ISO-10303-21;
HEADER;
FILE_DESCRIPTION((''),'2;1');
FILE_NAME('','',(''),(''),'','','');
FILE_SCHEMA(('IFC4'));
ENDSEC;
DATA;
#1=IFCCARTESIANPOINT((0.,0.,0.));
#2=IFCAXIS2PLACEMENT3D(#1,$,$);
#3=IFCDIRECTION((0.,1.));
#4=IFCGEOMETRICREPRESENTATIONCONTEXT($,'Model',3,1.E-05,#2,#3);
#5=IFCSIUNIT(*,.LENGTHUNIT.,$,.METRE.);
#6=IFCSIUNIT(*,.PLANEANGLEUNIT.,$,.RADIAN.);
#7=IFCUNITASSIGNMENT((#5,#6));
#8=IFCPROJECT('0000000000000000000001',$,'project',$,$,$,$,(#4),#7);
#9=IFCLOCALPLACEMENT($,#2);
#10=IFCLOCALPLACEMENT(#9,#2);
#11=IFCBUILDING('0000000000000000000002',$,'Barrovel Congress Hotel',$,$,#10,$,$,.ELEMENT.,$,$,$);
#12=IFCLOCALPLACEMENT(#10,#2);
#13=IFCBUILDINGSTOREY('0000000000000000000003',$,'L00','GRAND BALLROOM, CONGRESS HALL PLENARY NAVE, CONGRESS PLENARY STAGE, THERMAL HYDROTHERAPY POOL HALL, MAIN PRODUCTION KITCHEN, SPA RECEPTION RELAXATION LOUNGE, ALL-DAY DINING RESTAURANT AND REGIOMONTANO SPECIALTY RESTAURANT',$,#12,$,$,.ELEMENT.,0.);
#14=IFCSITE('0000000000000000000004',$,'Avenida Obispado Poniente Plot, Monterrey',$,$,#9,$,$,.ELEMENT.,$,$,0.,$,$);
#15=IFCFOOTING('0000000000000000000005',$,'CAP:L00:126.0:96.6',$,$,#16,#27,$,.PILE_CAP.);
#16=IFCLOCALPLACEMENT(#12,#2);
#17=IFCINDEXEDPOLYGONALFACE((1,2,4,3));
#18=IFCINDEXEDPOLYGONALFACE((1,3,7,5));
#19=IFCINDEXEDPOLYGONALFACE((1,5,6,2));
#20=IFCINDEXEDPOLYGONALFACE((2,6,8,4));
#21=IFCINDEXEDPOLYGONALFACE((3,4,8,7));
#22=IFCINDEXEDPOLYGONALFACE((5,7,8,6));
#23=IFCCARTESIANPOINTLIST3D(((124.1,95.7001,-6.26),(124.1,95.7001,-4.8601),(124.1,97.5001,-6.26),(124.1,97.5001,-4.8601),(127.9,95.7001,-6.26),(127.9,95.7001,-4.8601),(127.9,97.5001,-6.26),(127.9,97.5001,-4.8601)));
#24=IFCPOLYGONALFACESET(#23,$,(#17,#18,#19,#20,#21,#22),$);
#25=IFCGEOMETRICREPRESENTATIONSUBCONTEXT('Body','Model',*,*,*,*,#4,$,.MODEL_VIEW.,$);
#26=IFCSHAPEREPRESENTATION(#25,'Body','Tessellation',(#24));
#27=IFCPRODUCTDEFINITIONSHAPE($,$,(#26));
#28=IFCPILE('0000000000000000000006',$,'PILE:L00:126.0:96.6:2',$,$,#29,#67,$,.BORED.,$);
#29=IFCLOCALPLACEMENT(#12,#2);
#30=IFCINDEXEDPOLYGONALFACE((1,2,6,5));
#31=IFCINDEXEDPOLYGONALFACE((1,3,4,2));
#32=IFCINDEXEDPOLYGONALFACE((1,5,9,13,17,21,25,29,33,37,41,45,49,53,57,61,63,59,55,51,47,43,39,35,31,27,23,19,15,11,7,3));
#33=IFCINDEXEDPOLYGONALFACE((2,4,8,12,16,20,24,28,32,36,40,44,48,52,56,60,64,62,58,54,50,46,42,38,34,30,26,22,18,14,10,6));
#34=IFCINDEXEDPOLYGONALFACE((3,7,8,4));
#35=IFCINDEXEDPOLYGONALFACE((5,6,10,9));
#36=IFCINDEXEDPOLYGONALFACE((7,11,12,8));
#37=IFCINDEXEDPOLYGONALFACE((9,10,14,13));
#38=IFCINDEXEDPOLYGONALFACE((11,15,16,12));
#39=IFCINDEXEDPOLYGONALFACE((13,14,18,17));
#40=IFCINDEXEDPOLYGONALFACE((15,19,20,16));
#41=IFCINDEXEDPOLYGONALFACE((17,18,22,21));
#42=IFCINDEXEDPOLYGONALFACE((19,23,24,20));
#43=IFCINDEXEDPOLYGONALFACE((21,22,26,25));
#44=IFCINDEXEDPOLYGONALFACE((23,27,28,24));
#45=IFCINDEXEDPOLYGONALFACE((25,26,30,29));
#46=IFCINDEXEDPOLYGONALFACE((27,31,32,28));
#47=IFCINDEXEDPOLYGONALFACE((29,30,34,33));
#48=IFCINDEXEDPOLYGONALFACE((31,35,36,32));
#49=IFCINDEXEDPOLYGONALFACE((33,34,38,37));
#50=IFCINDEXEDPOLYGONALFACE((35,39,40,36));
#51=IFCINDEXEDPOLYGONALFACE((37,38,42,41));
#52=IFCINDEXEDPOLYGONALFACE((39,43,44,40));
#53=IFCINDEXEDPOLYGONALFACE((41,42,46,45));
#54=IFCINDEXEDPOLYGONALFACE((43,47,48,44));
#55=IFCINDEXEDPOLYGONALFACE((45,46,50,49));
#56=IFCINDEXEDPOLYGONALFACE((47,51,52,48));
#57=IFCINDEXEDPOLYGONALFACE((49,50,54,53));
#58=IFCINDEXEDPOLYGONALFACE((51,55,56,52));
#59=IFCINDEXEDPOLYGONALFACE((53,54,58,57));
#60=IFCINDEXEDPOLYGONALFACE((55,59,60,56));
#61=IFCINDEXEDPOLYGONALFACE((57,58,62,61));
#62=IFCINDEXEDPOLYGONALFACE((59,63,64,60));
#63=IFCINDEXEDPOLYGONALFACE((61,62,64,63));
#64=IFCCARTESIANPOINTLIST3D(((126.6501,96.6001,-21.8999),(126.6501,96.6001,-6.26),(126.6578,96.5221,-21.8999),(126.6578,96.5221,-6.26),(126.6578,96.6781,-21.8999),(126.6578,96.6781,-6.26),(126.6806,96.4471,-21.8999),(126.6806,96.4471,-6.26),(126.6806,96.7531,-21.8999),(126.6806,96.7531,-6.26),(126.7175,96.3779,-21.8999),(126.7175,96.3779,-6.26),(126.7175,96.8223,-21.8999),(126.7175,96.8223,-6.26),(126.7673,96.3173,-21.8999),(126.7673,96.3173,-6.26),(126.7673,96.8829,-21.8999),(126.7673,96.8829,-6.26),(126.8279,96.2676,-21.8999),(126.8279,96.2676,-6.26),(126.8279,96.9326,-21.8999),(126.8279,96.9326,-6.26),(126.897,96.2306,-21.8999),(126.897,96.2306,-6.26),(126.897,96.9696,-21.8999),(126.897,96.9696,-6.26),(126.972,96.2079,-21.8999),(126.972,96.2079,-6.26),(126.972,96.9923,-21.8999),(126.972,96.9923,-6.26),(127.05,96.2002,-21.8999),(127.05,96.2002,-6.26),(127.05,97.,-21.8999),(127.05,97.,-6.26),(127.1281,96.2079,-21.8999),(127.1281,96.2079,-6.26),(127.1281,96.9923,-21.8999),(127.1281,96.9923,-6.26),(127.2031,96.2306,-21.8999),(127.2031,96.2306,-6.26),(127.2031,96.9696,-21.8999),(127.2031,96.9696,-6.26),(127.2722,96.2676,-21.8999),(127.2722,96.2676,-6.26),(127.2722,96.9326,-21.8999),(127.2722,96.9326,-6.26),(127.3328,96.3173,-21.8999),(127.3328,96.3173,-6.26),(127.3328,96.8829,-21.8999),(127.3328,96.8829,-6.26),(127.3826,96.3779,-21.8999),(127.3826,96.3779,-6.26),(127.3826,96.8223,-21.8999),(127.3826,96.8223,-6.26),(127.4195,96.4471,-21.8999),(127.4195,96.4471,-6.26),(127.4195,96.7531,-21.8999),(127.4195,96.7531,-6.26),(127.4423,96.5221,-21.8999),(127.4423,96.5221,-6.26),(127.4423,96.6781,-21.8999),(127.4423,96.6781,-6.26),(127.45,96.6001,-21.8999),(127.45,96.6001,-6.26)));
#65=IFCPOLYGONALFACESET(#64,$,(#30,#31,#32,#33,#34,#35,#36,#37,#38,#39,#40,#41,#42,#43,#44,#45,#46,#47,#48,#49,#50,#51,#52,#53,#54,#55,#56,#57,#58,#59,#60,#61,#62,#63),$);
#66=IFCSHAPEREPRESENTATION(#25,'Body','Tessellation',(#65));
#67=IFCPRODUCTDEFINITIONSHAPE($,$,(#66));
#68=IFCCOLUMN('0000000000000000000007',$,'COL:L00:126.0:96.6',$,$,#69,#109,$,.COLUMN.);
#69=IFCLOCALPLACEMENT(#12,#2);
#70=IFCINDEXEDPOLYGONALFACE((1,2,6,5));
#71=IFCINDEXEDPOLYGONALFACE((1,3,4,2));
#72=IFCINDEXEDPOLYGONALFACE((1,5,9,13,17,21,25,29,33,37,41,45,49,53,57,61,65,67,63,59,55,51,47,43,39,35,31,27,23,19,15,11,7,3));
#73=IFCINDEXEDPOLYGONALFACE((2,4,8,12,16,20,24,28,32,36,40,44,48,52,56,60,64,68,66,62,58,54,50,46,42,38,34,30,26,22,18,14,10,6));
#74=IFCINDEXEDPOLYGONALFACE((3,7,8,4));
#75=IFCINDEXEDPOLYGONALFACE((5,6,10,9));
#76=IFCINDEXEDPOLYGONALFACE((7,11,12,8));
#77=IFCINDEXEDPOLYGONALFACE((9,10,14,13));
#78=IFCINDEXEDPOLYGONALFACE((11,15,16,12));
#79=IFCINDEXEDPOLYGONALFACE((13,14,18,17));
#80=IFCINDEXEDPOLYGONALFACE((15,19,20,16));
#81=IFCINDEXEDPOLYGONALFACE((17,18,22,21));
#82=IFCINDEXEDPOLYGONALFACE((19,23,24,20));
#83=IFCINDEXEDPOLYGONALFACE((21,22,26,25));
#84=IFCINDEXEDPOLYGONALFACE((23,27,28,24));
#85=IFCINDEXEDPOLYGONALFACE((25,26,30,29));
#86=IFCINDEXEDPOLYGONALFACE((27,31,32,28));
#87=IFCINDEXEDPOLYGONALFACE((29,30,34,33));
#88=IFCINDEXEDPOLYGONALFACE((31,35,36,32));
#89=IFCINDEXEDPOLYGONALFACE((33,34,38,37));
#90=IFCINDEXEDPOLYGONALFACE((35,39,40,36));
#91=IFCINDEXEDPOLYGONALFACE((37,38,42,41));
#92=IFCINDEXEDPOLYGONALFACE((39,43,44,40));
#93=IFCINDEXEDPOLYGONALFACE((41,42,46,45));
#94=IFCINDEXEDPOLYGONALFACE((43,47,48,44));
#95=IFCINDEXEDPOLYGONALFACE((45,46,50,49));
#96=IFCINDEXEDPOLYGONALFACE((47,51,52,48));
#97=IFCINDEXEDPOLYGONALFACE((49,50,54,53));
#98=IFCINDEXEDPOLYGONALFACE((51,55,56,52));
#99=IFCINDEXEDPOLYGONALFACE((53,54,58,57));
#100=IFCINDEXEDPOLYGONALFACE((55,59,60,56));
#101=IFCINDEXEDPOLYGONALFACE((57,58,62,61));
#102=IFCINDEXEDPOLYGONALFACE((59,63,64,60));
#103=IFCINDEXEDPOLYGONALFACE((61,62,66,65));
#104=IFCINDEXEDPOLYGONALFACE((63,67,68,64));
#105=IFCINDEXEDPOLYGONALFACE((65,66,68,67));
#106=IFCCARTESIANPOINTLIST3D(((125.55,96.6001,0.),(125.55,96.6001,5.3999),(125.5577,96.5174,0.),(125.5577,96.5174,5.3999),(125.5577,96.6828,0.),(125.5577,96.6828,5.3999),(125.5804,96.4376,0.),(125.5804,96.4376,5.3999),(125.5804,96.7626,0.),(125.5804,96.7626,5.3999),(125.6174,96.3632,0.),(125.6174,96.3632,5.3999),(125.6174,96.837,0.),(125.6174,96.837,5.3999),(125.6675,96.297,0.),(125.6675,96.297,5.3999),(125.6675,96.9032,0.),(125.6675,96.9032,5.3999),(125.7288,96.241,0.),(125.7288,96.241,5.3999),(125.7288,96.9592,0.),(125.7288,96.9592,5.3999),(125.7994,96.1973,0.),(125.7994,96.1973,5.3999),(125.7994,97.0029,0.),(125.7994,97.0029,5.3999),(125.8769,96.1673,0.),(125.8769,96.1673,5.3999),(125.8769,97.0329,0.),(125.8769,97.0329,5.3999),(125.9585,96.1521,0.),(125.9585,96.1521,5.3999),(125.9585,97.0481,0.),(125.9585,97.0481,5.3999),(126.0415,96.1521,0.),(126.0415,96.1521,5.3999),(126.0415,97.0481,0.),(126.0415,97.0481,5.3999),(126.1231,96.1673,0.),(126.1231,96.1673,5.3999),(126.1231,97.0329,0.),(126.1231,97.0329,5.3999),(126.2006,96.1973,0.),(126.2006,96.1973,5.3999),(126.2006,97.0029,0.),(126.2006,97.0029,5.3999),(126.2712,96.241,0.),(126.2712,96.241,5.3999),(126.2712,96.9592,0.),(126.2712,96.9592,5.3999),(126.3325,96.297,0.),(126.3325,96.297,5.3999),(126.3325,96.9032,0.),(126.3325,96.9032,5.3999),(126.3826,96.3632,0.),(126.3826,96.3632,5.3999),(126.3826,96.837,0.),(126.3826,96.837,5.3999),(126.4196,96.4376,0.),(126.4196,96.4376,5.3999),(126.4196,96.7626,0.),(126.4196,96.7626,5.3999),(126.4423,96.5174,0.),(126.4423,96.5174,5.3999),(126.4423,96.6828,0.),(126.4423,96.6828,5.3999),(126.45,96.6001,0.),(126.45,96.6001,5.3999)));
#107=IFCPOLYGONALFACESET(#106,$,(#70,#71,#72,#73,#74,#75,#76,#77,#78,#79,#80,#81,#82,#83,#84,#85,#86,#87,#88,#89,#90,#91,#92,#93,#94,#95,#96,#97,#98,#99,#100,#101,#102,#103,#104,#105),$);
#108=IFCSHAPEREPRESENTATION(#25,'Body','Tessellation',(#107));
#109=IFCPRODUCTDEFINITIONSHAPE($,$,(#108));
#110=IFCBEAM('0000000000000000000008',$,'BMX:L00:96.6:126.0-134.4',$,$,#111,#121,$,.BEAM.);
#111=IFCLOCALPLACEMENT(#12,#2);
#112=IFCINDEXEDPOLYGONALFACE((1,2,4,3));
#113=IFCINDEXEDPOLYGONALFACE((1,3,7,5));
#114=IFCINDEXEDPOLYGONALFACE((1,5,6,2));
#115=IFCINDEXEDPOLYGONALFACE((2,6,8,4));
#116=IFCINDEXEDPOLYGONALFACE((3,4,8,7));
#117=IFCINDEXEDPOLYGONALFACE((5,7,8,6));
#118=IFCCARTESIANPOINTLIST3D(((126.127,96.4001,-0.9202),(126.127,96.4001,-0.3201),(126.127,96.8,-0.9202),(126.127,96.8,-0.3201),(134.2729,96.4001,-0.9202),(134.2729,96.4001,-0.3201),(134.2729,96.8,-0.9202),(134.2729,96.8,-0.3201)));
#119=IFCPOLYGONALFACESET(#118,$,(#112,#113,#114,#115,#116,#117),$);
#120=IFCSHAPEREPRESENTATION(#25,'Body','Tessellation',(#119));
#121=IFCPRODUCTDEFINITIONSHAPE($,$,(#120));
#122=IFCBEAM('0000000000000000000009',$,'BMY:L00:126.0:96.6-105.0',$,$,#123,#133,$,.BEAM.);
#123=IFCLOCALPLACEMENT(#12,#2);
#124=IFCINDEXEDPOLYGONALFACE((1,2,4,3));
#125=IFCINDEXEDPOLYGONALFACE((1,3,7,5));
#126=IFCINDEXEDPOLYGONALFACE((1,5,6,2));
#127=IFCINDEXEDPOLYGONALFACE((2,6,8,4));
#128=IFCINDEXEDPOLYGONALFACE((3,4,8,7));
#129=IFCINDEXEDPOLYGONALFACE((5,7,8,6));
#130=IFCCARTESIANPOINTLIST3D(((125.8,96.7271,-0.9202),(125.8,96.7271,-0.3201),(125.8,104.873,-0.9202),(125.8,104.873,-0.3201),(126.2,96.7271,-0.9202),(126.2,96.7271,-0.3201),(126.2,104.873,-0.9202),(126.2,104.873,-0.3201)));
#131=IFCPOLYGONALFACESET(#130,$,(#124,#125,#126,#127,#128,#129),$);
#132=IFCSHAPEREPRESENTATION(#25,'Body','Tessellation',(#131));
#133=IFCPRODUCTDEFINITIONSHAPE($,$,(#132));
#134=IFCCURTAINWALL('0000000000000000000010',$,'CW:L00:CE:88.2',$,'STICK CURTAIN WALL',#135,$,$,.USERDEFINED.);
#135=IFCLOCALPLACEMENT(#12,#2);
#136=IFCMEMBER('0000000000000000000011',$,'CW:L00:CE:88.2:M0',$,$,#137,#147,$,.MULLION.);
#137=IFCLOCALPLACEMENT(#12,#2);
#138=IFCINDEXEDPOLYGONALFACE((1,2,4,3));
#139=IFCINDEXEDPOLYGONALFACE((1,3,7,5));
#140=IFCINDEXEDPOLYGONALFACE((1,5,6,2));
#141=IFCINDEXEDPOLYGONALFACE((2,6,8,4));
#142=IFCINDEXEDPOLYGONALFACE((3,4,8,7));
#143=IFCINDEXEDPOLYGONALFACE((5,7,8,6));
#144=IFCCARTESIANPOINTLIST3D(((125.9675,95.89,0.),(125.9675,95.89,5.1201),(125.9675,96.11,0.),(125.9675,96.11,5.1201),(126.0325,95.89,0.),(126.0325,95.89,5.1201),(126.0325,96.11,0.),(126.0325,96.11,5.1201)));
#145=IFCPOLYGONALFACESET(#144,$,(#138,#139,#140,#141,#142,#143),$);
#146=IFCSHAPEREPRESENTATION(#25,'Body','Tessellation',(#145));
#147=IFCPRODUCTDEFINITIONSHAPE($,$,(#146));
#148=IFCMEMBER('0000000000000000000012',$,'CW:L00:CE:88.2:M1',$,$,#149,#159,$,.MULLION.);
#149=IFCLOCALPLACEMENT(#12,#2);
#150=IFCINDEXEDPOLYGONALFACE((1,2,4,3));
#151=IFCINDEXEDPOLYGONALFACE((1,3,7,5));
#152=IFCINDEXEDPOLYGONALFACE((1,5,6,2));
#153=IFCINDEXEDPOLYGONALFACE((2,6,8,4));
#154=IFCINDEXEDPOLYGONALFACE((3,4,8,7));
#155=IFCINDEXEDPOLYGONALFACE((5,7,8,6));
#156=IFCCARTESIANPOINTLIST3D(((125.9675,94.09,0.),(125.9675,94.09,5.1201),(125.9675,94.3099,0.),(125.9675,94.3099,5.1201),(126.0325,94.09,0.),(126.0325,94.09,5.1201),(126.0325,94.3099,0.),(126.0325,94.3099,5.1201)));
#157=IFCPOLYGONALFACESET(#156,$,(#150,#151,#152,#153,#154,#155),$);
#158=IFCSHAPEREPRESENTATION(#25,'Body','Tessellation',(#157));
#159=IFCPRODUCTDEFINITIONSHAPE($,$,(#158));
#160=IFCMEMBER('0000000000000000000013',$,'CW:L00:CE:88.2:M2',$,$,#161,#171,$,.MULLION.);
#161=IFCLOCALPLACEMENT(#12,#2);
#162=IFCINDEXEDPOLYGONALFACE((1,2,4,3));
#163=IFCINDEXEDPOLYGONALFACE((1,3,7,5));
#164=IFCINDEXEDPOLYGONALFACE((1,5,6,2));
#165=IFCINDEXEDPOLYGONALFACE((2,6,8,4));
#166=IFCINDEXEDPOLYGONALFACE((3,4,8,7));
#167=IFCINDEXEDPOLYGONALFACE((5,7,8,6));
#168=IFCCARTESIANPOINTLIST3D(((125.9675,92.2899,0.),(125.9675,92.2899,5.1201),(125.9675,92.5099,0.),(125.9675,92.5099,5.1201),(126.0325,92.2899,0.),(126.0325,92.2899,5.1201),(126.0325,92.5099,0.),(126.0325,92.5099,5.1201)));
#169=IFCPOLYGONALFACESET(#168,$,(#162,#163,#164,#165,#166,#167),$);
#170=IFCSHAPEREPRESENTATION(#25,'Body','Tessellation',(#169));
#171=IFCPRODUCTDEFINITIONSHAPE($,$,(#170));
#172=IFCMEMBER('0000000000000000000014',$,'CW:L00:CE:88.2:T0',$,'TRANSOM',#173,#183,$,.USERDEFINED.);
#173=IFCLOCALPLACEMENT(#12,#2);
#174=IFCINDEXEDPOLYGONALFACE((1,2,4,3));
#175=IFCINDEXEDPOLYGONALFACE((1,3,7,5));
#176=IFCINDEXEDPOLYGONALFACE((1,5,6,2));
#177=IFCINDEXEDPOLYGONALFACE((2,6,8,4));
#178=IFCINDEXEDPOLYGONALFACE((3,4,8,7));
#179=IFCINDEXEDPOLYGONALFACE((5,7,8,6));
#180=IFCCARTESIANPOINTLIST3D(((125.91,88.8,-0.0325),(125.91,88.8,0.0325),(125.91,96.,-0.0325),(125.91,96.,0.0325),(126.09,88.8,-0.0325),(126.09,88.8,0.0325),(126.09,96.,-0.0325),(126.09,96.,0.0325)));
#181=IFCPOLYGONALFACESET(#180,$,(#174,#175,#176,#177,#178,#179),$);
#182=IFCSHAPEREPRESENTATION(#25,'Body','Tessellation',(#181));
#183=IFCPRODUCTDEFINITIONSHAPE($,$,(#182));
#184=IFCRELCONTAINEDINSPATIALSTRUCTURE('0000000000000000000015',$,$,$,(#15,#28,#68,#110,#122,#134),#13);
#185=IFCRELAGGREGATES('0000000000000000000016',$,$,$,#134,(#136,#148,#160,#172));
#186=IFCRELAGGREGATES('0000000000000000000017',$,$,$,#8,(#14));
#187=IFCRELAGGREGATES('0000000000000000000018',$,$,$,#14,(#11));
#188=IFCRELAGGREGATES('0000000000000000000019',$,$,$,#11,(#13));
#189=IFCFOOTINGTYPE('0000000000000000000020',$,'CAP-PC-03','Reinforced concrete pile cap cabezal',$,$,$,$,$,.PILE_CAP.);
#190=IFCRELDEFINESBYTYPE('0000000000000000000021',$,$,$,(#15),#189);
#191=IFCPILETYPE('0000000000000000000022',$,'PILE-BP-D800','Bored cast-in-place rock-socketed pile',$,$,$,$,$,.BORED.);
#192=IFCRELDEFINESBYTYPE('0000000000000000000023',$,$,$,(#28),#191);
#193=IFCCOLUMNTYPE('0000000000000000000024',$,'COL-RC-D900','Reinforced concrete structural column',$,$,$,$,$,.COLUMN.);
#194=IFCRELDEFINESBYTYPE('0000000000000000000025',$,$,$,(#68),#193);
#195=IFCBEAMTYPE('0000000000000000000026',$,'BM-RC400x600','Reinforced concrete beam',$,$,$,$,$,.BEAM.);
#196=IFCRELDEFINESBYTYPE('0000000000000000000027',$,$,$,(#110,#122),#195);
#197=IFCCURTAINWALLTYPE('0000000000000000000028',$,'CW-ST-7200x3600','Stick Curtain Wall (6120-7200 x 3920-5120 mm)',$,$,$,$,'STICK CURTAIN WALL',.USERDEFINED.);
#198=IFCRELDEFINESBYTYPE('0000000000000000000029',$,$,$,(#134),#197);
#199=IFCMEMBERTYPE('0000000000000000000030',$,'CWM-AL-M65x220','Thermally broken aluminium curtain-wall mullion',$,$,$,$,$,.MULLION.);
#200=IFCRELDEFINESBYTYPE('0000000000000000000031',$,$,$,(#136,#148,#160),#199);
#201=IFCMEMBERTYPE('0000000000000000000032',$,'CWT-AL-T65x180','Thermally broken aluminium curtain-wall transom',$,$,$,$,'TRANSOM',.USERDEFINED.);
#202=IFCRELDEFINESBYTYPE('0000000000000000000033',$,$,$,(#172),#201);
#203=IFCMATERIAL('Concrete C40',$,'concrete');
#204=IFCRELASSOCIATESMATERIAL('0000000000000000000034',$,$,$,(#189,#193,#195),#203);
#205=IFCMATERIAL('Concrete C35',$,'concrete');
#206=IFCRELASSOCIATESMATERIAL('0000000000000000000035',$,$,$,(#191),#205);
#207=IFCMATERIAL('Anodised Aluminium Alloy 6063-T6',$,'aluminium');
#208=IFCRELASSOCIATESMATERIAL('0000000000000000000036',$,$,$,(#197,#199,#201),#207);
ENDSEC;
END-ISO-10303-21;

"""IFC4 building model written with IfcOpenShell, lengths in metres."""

from ifc_helpers import new_model, si_unit, direction, frame, origin, origin_2d, place, context, subcontext, project, spatial, rectangle, circle, extrude, material, material_profile, profile_set, type_object, element, aggregate, save


model = new_model("IFC4")

# Units and contexts
model_context = context("Model", 3, precision=1e-05, world=origin(), true_north=direction((0.0, 1.0)))
body_context = subcontext(model_context, "Body", "Model", "MODEL_VIEW")
ifc_project = project(units=[si_unit("LENGTHUNIT", "METRE"), si_unit("PLANEANGLEUNIT", "RADIAN")], contexts=[model_context])

# Site, building, storey
site_placement = place(None, origin())
site = spatial("IfcSite", under=ifc_project, at=site_placement, Name="Avenida Obispado Poniente Plot, Monterrey", CompositionType="ELEMENT", RefElevation=0.0)
building_placement = place(site_placement, origin())
building = spatial("IfcBuilding", under=site, at=building_placement, Name="Barrovel Congress Hotel", CompositionType="ELEMENT")
storey_placement = place(building_placement, origin())
storey = spatial("IfcBuildingStorey", under=building, at=storey_placement, Name="L00", Description="GRAND BALLROOM, CONGRESS HALL PLENARY NAVE, CONGRESS PLENARY STAGE, THERMAL HYDROTHERAPY POOL HALL, MAIN PRODUCTION KITCHEN, SPA RECEPTION RELAXATION LOUNGE, ALL-DAY DINING RESTAURANT AND REGIOMONTANO SPECIALTY RESTAURANT", CompositionType="ELEMENT", Elevation=0.0)

# Footing
ifc_material_1 = material(Name="Concrete C40", Category="concrete")
footing_type = type_object("IfcFootingType", Name="CAP-PC-03", Description="Reinforced concrete pile cap cabezal", PredefinedType="PILE_CAP", material=ifc_material_1)
footing_placement = place(storey_placement, frame((126.0, 96.6001, -6.26), z_axis=(0.0, 0.0, 1.0), x_axis=(1.0, 0.0, 0.0)))
element("IfcFooting", 1, at=footing_placement, inside=storey, type_object=footing_type, Name="CAP:L00:126.0:96.6", PredefinedType="PILE_CAP", context=body_context, shape_type="SweptSolid", body=[
    extrude(rectangle(XDim=3.8, YDim=1.8, at=origin_2d()), origin(), (0.0, 0.0, 1.0), 1.3999),
])

# Pile
ifc_material_2 = material(Name="Concrete C35", Category="concrete")
ifc_material_profile_1 = material_profile(ifc_material_2, circle(Radius=0.3999, at=origin_2d()), Name="BP-D800")
ifc_profile_set_1 = profile_set([ifc_material_profile_1], Name="Concrete C35")
pile_type = type_object("IfcPileType", Name="PILE-BP-D800", Description="Bored cast-in-place rock-socketed pile", PredefinedType="BORED", material=ifc_profile_set_1)
pile_placement = place(storey_placement, frame((127.05, 96.6001, -6.26), z_axis=(0.0, 0.0, -1.0), x_axis=(1.0, 0.0, 0.0)))
element("IfcPile", 2, at=pile_placement, inside=storey, type_object=pile_type, Name="PILE:L00:126.0:96.6:2", PredefinedType="BORED", context=body_context, shape_type="SweptSolid", body=[
    extrude(circle(Radius=0.3999, at=origin_2d()), origin(), (0.0, 0.0, 1.0), 15.6399),
])

# Column
ifc_material_profile_2 = material_profile(ifc_material_1, circle(Radius=0.45, at=origin_2d()), Name="RC-D900")
ifc_profile_set_2 = profile_set([ifc_material_profile_2], Name="Concrete C40")
column_type = type_object("IfcColumnType", Name="COL-RC-D900", Description="Reinforced concrete structural column", PredefinedType="COLUMN", material=ifc_profile_set_2)
column_placement = place(storey_placement, frame((126.0, 96.6001, 0.0), z_axis=(0.0, 0.0, 1.0), x_axis=(1.0, 0.0, 0.0)))
element("IfcColumn", 3, at=column_placement, inside=storey, type_object=column_type, Name="COL:L00:126.0:96.6", PredefinedType="COLUMN", context=body_context, shape_type="SweptSolid", body=[
    extrude(circle(Radius=0.45, at=origin_2d()), origin(), (0.0, 0.0, 1.0), 5.3999),
])

# Beams
ifc_material_profile_3 = material_profile(ifc_material_1, rectangle(XDim=0.3999, YDim=0.6001, at=origin_2d()), Name="RC400x600")
ifc_profile_set_3 = profile_set([ifc_material_profile_3], Name="Concrete C40")
beam_type_1 = type_object("IfcBeamType", Name="BM-RC400x600", Description="Reinforced concrete beam", PredefinedType="BEAM", material=ifc_profile_set_3)
for number, where, z_axis, x_axis, name in (
    (4, (126.127, 96.6001, -0.6201), (1.0, 0.0, 0.0), (0.0, 1.0, 0.0), "BMX:L00:96.6:126.0-134.4"),
    (5, (126.0, 96.7271, -0.6201), (0.0, 1.0, 0.0), (-1.0, 0.0, 0.0), "BMY:L00:126.0:96.6-105.0"),
):
    element("IfcBeam", number, at=place(storey_placement, frame(where, z_axis=z_axis, x_axis=x_axis)), inside=storey, type_object=beam_type_1, Name=name, PredefinedType="BEAM", context=body_context, shape_type="SweptSolid", body=[
        extrude(rectangle(XDim=0.3999, YDim=0.6001, at=origin_2d()), origin(), (0.0, 0.0, 1.0), 8.146),
    ])

# Curtain wall, members
ifc_material_3 = material(Name="Anodised Aluminium Alloy 6063-T6", Category="aluminium")
curtain_wall_type = type_object("IfcCurtainWallType", Name="CW-ST-7200x3600", Description="Stick Curtain Wall (6120-7200 x 3920-5120 mm)", ElementType="STICK CURTAIN WALL", PredefinedType="USERDEFINED", material=ifc_material_3)
curtain_wall_placement = place(storey_placement, origin())
curtain_wall = element("IfcCurtainWall", 6, at=curtain_wall_placement, inside=storey, type_object=curtain_wall_type, Name="CW:L00:CE:88.2", ObjectType="STICK CURTAIN WALL", PredefinedType="USERDEFINED")
ifc_material_profile_4 = material_profile(ifc_material_3, rectangle(XDim=0.0649, YDim=0.22, at=origin_2d()), Name="AL-M65x220")
ifc_profile_set_4 = profile_set([ifc_material_profile_4], Name="Anodised Aluminium Alloy 6063-T6")
member_type_1 = type_object("IfcMemberType", Name="CWM-AL-M65x220", Description="Thermally broken aluminium curtain-wall mullion", PredefinedType="MULLION", material=ifc_profile_set_4)
member_1_placement = place(storey_placement, frame((126.0, 96.0, 0.0), z_axis=(0.0, 0.0, 1.0), x_axis=(1.0, 0.0, 0.0)))
member_1 = element("IfcMember", 7, at=member_1_placement, type_object=member_type_1, Name="CW:L00:CE:88.2:M0", PredefinedType="MULLION", context=body_context, shape_type="SweptSolid", body=[
    extrude(rectangle(XDim=0.0649, YDim=0.22, at=origin_2d()), origin(), (0.0, 0.0, 1.0), 5.1201),
])
member_2_placement = place(storey_placement, frame((126.0, 94.2, 0.0), z_axis=(0.0, 0.0, 1.0), x_axis=(1.0, 0.0, 0.0)))
member_2 = element("IfcMember", 8, at=member_2_placement, type_object=member_type_1, Name="CW:L00:CE:88.2:M1", PredefinedType="MULLION", context=body_context, shape_type="SweptSolid", body=[
    extrude(rectangle(XDim=0.0649, YDim=0.22, at=origin_2d()), origin(), (0.0, 0.0, 1.0), 5.1201),
])
member_3_placement = place(storey_placement, frame((126.0, 92.3999, 0.0), z_axis=(0.0, 0.0, 1.0), x_axis=(1.0, 0.0, 0.0)))
member_3 = element("IfcMember", 9, at=member_3_placement, type_object=member_type_1, Name="CW:L00:CE:88.2:M2", PredefinedType="MULLION", context=body_context, shape_type="SweptSolid", body=[
    extrude(rectangle(XDim=0.0649, YDim=0.22, at=origin_2d()), origin(), (0.0, 0.0, 1.0), 5.1201),
])
ifc_material_profile_5 = material_profile(ifc_material_3, rectangle(XDim=0.1799, YDim=0.0649, at=origin_2d()), Name="AL-T65x180")
ifc_profile_set_5 = profile_set([ifc_material_profile_5], Name="Anodised Aluminium Alloy 6063-T6")
member_type_2 = type_object("IfcMemberType", Name="CWT-AL-T65x180", Description="Thermally broken aluminium curtain-wall transom", ElementType="TRANSOM", PredefinedType="USERDEFINED", material=ifc_profile_set_5)
member_4_placement = place(storey_placement, frame((126.0, 96.0, 0.0), z_axis=(0.0, -1.0, 0.0), x_axis=(1.0, 0.0, 0.0)))
member_4 = element("IfcMember", 10, at=member_4_placement, type_object=member_type_2, Name="CW:L00:CE:88.2:T0", ObjectType="TRANSOM", PredefinedType="USERDEFINED", context=body_context, shape_type="SweptSolid", body=[
    extrude(rectangle(XDim=0.1799, YDim=0.0649, at=origin_2d()), origin(), (0.0, 0.0, 1.0), 7.2),
])

aggregate(curtain_wall, [member_1, member_2, member_3, member_4])

save(model, "model.ifc")
